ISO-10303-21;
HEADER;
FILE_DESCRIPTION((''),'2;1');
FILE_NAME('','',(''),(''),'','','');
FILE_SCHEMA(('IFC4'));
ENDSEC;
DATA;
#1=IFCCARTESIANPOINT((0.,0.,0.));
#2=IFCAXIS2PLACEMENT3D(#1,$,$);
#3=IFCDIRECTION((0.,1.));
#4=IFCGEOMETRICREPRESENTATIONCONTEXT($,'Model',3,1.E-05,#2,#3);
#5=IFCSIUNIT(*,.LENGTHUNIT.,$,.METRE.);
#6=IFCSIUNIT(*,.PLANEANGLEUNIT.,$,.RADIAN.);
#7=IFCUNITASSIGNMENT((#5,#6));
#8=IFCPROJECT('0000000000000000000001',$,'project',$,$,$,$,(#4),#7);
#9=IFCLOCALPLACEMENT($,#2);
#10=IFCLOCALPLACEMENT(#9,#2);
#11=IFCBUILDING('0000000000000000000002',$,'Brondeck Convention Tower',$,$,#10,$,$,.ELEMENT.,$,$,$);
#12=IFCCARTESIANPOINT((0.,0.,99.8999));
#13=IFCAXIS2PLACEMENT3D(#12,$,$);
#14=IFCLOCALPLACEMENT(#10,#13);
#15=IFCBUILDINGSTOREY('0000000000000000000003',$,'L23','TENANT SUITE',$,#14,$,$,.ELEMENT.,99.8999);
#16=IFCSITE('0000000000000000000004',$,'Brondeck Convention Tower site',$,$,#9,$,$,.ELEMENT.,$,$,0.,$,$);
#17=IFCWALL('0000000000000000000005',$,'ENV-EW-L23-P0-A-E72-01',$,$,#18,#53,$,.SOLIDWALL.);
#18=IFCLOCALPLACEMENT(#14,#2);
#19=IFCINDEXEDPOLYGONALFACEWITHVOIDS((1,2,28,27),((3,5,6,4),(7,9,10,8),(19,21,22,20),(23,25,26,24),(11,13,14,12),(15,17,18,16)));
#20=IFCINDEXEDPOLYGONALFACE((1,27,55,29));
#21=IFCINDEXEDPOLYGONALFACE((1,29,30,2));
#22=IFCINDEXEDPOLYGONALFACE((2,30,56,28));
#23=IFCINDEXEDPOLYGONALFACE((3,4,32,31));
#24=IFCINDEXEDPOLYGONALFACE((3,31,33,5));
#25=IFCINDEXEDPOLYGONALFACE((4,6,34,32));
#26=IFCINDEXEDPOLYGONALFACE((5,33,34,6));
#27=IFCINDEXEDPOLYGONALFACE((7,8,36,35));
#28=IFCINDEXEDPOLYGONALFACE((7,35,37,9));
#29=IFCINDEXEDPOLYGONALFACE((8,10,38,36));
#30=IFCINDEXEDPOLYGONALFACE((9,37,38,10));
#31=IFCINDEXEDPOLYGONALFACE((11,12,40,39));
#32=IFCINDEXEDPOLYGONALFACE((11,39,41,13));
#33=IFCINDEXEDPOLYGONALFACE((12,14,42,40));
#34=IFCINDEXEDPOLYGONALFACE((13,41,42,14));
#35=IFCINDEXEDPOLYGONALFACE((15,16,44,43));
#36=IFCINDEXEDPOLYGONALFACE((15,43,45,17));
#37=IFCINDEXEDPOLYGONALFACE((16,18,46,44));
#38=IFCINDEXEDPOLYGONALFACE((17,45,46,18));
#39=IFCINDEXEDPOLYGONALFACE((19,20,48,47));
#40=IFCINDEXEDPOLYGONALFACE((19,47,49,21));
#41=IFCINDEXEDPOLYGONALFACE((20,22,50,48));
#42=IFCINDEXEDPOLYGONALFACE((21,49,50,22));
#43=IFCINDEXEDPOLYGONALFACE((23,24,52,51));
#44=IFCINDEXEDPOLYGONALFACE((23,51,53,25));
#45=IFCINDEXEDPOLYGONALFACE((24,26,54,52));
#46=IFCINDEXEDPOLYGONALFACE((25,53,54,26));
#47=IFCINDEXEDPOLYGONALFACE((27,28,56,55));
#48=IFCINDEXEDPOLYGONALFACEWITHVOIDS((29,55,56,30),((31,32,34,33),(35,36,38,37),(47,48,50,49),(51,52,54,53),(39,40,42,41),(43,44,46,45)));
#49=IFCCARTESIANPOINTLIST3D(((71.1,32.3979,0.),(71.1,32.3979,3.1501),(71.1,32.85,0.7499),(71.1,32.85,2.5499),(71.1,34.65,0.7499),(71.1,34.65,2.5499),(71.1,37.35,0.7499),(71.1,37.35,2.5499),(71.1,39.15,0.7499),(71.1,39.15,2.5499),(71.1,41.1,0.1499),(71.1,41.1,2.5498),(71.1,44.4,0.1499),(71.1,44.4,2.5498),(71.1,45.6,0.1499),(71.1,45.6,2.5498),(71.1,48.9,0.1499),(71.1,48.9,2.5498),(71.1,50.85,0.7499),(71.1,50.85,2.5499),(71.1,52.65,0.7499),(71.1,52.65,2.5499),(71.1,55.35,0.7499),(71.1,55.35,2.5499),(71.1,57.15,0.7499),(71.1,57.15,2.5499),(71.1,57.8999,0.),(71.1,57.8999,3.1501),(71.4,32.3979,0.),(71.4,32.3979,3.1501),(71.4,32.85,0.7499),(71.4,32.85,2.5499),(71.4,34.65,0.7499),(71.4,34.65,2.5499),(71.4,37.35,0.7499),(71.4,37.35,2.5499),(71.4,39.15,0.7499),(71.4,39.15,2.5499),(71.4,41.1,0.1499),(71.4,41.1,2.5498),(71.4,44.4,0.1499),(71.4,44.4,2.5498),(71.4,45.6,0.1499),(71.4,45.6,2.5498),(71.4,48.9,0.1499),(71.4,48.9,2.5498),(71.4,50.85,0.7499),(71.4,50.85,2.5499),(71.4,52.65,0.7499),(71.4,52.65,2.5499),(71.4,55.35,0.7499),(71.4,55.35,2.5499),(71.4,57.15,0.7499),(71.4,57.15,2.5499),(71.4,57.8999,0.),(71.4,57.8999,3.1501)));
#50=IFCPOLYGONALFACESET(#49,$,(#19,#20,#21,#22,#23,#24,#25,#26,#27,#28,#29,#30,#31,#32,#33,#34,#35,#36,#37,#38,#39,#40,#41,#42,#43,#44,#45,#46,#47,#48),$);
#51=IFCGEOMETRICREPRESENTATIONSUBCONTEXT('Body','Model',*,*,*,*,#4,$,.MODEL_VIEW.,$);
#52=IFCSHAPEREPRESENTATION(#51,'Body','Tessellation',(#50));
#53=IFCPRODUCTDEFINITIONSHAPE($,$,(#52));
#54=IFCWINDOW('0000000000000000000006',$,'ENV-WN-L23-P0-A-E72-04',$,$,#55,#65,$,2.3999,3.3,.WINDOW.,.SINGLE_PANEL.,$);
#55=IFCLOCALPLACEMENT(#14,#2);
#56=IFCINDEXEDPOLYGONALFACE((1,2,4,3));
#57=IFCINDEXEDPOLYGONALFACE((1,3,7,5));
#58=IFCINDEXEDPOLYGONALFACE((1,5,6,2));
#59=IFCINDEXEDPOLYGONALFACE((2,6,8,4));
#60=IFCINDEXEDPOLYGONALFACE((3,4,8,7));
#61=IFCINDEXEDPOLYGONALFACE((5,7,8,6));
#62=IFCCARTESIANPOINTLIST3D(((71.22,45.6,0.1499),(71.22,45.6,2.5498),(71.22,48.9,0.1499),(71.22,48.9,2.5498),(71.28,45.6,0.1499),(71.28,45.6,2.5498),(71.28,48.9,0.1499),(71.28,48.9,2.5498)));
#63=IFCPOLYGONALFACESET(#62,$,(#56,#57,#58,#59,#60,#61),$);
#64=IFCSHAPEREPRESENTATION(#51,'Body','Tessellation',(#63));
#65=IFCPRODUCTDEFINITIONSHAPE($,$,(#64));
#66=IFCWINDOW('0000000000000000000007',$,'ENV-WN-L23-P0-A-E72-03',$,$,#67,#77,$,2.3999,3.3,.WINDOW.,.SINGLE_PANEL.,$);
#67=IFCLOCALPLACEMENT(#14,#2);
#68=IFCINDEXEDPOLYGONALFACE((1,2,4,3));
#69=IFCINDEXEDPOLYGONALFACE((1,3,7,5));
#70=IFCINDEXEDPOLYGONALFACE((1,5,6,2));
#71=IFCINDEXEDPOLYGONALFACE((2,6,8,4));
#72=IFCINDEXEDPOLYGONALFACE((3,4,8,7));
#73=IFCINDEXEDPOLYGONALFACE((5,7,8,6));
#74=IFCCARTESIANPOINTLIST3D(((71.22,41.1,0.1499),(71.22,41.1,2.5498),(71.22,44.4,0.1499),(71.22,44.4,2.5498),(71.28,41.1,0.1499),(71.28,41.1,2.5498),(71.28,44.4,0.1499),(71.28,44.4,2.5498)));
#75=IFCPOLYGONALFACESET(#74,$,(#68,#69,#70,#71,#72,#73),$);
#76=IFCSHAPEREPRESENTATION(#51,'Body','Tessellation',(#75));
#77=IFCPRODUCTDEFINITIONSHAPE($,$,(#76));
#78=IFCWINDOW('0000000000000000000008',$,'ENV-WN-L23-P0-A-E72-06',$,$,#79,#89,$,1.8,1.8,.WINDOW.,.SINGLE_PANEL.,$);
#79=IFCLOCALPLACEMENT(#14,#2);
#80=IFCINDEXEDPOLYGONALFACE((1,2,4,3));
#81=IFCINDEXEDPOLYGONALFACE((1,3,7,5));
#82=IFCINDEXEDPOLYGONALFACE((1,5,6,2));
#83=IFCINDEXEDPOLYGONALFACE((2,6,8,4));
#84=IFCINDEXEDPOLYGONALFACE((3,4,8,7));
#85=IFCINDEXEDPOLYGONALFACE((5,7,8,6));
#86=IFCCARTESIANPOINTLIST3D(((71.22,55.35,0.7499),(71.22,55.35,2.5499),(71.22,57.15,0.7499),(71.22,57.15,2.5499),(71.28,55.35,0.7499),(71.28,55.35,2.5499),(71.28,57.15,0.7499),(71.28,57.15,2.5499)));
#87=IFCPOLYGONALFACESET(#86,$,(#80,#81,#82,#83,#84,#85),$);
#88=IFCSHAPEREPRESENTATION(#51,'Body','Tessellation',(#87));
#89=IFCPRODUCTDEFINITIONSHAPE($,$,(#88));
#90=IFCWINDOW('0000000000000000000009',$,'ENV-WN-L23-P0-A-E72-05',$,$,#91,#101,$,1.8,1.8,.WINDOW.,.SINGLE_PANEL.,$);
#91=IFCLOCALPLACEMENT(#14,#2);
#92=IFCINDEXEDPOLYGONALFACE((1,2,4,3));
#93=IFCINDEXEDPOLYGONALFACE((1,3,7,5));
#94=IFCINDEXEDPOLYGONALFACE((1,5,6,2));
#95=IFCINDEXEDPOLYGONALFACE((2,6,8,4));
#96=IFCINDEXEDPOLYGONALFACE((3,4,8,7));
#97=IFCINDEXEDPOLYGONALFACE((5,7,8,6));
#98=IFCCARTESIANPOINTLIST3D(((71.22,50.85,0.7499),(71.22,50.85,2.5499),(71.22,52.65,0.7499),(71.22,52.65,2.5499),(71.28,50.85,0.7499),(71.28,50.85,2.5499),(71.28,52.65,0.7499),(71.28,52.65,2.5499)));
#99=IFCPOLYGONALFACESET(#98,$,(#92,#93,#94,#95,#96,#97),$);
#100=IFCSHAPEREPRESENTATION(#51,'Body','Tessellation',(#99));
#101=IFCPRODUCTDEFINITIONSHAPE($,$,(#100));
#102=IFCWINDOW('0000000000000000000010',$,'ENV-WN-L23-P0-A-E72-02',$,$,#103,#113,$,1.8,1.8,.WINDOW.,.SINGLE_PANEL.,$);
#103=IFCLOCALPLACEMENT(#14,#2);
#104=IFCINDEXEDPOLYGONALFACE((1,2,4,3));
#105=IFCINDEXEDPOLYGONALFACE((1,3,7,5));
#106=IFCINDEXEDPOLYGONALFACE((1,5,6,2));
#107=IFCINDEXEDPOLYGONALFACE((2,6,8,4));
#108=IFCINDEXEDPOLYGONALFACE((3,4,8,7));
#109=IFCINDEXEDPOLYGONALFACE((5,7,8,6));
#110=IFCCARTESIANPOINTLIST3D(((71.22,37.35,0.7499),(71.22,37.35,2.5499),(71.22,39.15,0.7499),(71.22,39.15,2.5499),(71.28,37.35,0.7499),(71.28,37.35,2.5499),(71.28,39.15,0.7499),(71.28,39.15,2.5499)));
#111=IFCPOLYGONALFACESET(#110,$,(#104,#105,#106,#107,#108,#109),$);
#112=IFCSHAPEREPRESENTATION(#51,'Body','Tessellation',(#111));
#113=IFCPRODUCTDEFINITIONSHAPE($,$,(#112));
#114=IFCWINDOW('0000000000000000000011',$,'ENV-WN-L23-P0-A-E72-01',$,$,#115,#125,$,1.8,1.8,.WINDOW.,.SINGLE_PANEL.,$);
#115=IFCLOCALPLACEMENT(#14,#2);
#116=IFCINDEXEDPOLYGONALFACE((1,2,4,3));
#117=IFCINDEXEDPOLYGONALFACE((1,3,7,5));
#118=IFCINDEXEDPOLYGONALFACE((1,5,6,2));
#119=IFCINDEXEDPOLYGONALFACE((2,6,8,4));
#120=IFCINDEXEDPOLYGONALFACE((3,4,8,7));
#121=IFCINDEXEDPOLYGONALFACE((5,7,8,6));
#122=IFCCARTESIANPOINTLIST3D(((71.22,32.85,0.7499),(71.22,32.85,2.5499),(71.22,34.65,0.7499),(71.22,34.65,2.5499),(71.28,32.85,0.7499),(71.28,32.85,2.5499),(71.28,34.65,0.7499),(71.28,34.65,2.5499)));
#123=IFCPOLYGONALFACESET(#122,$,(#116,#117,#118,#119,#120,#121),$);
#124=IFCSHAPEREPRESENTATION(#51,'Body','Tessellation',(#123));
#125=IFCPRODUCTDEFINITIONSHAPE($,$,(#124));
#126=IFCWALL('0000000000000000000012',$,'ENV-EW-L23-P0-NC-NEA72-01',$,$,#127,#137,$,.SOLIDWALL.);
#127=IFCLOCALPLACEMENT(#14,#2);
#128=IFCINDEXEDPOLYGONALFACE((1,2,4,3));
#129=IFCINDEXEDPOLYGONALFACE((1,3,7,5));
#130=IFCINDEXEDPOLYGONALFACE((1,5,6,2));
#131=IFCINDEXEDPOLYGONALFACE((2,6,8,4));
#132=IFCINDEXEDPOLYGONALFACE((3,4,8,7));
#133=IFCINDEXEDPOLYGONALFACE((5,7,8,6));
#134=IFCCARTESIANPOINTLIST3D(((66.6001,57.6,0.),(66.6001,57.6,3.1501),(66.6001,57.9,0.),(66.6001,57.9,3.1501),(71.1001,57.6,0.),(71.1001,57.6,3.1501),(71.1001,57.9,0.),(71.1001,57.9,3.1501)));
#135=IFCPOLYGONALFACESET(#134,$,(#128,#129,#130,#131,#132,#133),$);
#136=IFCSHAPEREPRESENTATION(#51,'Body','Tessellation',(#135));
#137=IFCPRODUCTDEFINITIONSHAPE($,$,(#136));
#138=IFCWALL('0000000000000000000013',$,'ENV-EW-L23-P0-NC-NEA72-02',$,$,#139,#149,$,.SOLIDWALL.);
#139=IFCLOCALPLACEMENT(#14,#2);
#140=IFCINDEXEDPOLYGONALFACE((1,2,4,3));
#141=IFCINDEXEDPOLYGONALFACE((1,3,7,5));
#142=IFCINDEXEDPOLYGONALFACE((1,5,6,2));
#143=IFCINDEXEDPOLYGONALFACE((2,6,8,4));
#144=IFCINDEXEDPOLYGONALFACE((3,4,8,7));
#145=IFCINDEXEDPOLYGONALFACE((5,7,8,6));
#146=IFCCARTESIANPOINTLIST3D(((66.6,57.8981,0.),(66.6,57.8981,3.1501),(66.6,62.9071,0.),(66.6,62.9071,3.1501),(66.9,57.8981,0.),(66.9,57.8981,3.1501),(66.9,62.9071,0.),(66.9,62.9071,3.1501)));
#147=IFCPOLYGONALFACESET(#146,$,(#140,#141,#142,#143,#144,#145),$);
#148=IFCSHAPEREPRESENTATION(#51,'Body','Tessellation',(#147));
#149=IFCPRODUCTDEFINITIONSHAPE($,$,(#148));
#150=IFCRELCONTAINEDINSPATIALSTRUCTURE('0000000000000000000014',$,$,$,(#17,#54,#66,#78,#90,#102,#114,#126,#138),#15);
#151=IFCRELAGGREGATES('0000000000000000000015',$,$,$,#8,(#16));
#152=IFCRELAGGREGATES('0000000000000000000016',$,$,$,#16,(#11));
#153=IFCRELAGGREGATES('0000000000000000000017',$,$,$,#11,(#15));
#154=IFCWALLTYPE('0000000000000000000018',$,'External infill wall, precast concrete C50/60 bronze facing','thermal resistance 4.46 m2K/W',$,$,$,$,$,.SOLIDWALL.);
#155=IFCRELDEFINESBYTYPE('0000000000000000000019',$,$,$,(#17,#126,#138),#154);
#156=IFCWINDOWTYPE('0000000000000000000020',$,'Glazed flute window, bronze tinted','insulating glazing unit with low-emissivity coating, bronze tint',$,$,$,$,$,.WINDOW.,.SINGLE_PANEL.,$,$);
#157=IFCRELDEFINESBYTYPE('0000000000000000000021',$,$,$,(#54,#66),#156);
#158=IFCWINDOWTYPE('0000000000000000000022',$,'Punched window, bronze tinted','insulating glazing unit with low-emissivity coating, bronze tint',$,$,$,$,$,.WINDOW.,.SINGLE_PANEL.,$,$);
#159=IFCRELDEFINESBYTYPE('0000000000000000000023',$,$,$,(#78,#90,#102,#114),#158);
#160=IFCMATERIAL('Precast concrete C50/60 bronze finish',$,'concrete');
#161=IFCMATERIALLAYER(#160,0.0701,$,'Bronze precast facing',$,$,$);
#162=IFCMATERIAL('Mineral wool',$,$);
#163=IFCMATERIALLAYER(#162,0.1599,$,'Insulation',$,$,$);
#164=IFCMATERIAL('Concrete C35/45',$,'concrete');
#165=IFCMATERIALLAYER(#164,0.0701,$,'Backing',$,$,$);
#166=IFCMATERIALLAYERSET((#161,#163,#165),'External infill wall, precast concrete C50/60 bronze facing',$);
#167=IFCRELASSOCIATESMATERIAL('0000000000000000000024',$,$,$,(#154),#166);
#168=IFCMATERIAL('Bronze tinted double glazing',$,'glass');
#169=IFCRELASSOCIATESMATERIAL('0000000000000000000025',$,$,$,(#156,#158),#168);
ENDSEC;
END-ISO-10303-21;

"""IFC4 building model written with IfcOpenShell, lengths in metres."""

from ifc_helpers import new_model, si_unit, direction, frame, frame_2d, origin, place, context, subcontext, project, spatial, rectangle, extrude, material, layer, layer_set, type_object, element, fill, save


model = new_model("IFC4")

# Units and contexts
model_context = context("Model", 3, precision=1e-05, world=origin(), true_north=direction((0.0, 1.0)))
body_context = subcontext(model_context, "Body", "Model", "MODEL_VIEW")
ifc_project = project(units=[si_unit("LENGTHUNIT", "METRE"), si_unit("PLANEANGLEUNIT", "RADIAN")], contexts=[model_context])

# Site, building, storey
site_placement = place(None, origin())
site = spatial("IfcSite", under=ifc_project, at=site_placement, Name="Brondeck Convention Tower site", CompositionType="ELEMENT", RefElevation=0.0)
building_placement = place(site_placement, origin())
building = spatial("IfcBuilding", under=site, at=building_placement, Name="Brondeck Convention Tower", CompositionType="ELEMENT")
storey_placement = place(building_placement, frame((0.0, 0.0, 99.8999)))
storey = spatial("IfcBuildingStorey", under=building, at=storey_placement, Name="L23", Description="TENANT SUITE", CompositionType="ELEMENT", Elevation=99.8999)

# Wall, openings, windows
ifc_material_1 = material(Name="Precast concrete C50/60 bronze finish", Category="concrete")
ifc_layer_1 = layer(ifc_material_1, 0.0701, Name="Bronze precast facing")
ifc_material_2 = material(Name="Mineral wool")
ifc_layer_2 = layer(ifc_material_2, 0.1599, Name="Insulation")
ifc_material_3 = material(Name="Concrete C35/45", Category="concrete")
ifc_layer_3 = layer(ifc_material_3, 0.0701, Name="Backing")
ifc_layer_set_1 = layer_set([ifc_layer_1, ifc_layer_2, ifc_layer_3], Name="External infill wall, precast concrete C50/60 bronze facing")
wall_type_1 = type_object("IfcWallType", Name="External infill wall, precast concrete C50/60 bronze facing", Description="thermal resistance 4.46 m2K/W", PredefinedType="SOLIDWALL", material=ifc_layer_set_1)
wall_1_placement = place(storey_placement, frame((71.25, 57.8999, 0.0), z_axis=(0.0, 0.0, 1.0), x_axis=(0.0, -1.0, 0.0)))
wall_1 = element("IfcWall", 1, at=wall_1_placement, inside=storey, type_object=wall_type_1, Name="ENV-EW-L23-P0-A-E72-01", PredefinedType="SOLIDWALL", context=body_context, shape_type="SweptSolid", body=[
    extrude(rectangle(XDim=25.502, YDim=0.3, at=frame_2d((12.751, 0.0))), origin(), (0.0, 0.0, 1.0), 3.1501),
])
opening_1_placement = place(wall_1_placement, frame((0.75, 0.0, 0.75)))
opening_1 = element("IfcOpeningElement", 2, at=opening_1_placement, cuts=wall_1, PredefinedType="OPENING", context=body_context, shape_type="SweptSolid", body=[
    extrude(rectangle(XDim=1.8, YDim=1.8, at=frame_2d((0.8999, 0.8999))), frame((0.0, 0.1599, 0.0), z_axis=(0.0, -1.0, 0.0), x_axis=(1.0, 0.0, 0.0)), (0.0, 0.0, 1.0), 0.3201),
])
opening_2_placement = place(wall_1_placement, frame((5.25, 0.0, 0.75)))
opening_2 = element("IfcOpeningElement", 3, at=opening_2_placement, cuts=wall_1, PredefinedType="OPENING", context=body_context, shape_type="SweptSolid", body=[
    extrude(rectangle(XDim=1.8, YDim=1.8, at=frame_2d((0.8999, 0.8999))), frame((0.0, 0.1599, 0.0), z_axis=(0.0, -1.0, 0.0), x_axis=(1.0, 0.0, 0.0)), (0.0, 0.0, 1.0), 0.3201),
])
opening_3_placement = place(wall_1_placement, frame((9.0, 0.0, 0.1499)))
opening_3 = element("IfcOpeningElement", 4, at=opening_3_placement, cuts=wall_1, PredefinedType="OPENING", context=body_context, shape_type="SweptSolid", body=[
    extrude(rectangle(XDim=3.3, YDim=2.3999, at=frame_2d((1.6499, 1.2))), frame((0.0, 0.1599, 0.0), z_axis=(0.0, -1.0, 0.0), x_axis=(1.0, 0.0, 0.0)), (0.0, 0.0, 1.0), 0.3201),
])
opening_4_placement = place(wall_1_placement, frame((13.5, 0.0, 0.1499)))
opening_4 = element("IfcOpeningElement", 5, at=opening_4_placement, cuts=wall_1, PredefinedType="OPENING", context=body_context, shape_type="SweptSolid", body=[
    extrude(rectangle(XDim=3.3, YDim=2.3999, at=frame_2d((1.6499, 1.2))), frame((0.0, 0.1599, 0.0), z_axis=(0.0, -1.0, 0.0), x_axis=(1.0, 0.0, 0.0)), (0.0, 0.0, 1.0), 0.3201),
])
opening_5_placement = place(wall_1_placement, frame((18.75, 0.0, 0.75)))
opening_5 = element("IfcOpeningElement", 6, at=opening_5_placement, cuts=wall_1, PredefinedType="OPENING", context=body_context, shape_type="SweptSolid", body=[
    extrude(rectangle(XDim=1.8, YDim=1.8, at=frame_2d((0.8999, 0.8999))), frame((0.0, 0.1599, 0.0), z_axis=(0.0, -1.0, 0.0), x_axis=(1.0, 0.0, 0.0)), (0.0, 0.0, 1.0), 0.3201),
])
opening_6_placement = place(wall_1_placement, frame((23.25, 0.0, 0.75)))
opening_6 = element("IfcOpeningElement", 7, at=opening_6_placement, cuts=wall_1, PredefinedType="OPENING", context=body_context, shape_type="SweptSolid", body=[
    extrude(rectangle(XDim=1.8, YDim=1.8, at=frame_2d((0.8999, 0.8999))), frame((0.0, 0.1599, 0.0), z_axis=(0.0, -1.0, 0.0), x_axis=(1.0, 0.0, 0.0)), (0.0, 0.0, 1.0), 0.3201),
])
ifc_material_4 = material(Name="Bronze tinted double glazing", Category="glass")
window_type_1 = type_object("IfcWindowType", Name="Glazed flute window, bronze tinted", Description="insulating glazing unit with low-emissivity coating, bronze tint", PartitioningType="SINGLE_PANEL", PredefinedType="WINDOW", material=ifc_material_4)
window_1_placement = place(opening_3_placement, origin())
window_1 = element("IfcWindow", 8, at=window_1_placement, inside=storey, type_object=window_type_1, Name="ENV-WN-L23-P0-A-E72-04", OverallHeight=2.3999, OverallWidth=3.3, PartitioningType="SINGLE_PANEL", PredefinedType="WINDOW", context=body_context, shape_type="SweptSolid", body=[
    extrude(rectangle(XDim=3.3, YDim=2.3999, at=frame_2d((1.6499, 1.2))), frame((0.0, 0.03, 0.0), z_axis=(0.0, -1.0, 0.0), x_axis=(1.0, 0.0, 0.0)), (0.0, 0.0, 1.0), 0.0601),
])
fill(opening_3, window_1)
window_2_placement = place(opening_4_placement, origin())
window_2 = element("IfcWindow", 9, at=window_2_placement, inside=storey, type_object=window_type_1, Name="ENV-WN-L23-P0-A-E72-03", OverallHeight=2.3999, OverallWidth=3.3, PartitioningType="SINGLE_PANEL", PredefinedType="WINDOW", context=body_context, shape_type="SweptSolid", body=[
    extrude(rectangle(XDim=3.3, YDim=2.3999, at=frame_2d((1.6499, 1.2))), frame((0.0, 0.03, 0.0), z_axis=(0.0, -1.0, 0.0), x_axis=(1.0, 0.0, 0.0)), (0.0, 0.0, 1.0), 0.0601),
])
fill(opening_4, window_2)
window_type_2 = type_object("IfcWindowType", Name="Punched window, bronze tinted", Description="insulating glazing unit with low-emissivity coating, bronze tint", PartitioningType="SINGLE_PANEL", PredefinedType="WINDOW", material=ifc_material_4)
window_3_placement = place(opening_1_placement, origin())
window_3 = element("IfcWindow", 10, at=window_3_placement, inside=storey, type_object=window_type_2, Name="ENV-WN-L23-P0-A-E72-06", OverallHeight=1.8, OverallWidth=1.8, PartitioningType="SINGLE_PANEL", PredefinedType="WINDOW", context=body_context, shape_type="SweptSolid", body=[
    extrude(rectangle(XDim=1.8, YDim=1.8, at=frame_2d((0.8999, 0.8999))), frame((0.0, 0.03, 0.0), z_axis=(0.0, -1.0, 0.0), x_axis=(1.0, 0.0, 0.0)), (0.0, 0.0, 1.0), 0.0601),
])
fill(opening_1, window_3)
window_4_placement = place(opening_2_placement, origin())
window_4 = element("IfcWindow", 11, at=window_4_placement, inside=storey, type_object=window_type_2, Name="ENV-WN-L23-P0-A-E72-05", OverallHeight=1.8, OverallWidth=1.8, PartitioningType="SINGLE_PANEL", PredefinedType="WINDOW", context=body_context, shape_type="SweptSolid", body=[
    extrude(rectangle(XDim=1.8, YDim=1.8, at=frame_2d((0.8999, 0.8999))), frame((0.0, 0.03, 0.0), z_axis=(0.0, -1.0, 0.0), x_axis=(1.0, 0.0, 0.0)), (0.0, 0.0, 1.0), 0.0601),
])
fill(opening_2, window_4)
window_5_placement = place(opening_5_placement, origin())
window_5 = element("IfcWindow", 12, at=window_5_placement, inside=storey, type_object=window_type_2, Name="ENV-WN-L23-P0-A-E72-02", OverallHeight=1.8, OverallWidth=1.8, PartitioningType="SINGLE_PANEL", PredefinedType="WINDOW", context=body_context, shape_type="SweptSolid", body=[
    extrude(rectangle(XDim=1.8, YDim=1.8, at=frame_2d((0.8999, 0.8999))), frame((0.0, 0.03, 0.0), z_axis=(0.0, -1.0, 0.0), x_axis=(1.0, 0.0, 0.0)), (0.0, 0.0, 1.0), 0.0601),
])
fill(opening_5, window_5)
window_6_placement = place(opening_6_placement, origin())
window_6 = element("IfcWindow", 13, at=window_6_placement, inside=storey, type_object=window_type_2, Name="ENV-WN-L23-P0-A-E72-01", OverallHeight=1.8, OverallWidth=1.8, PartitioningType="SINGLE_PANEL", PredefinedType="WINDOW", context=body_context, shape_type="SweptSolid", body=[
    extrude(rectangle(XDim=1.8, YDim=1.8, at=frame_2d((0.8999, 0.8999))), frame((0.0, 0.03, 0.0), z_axis=(0.0, -1.0, 0.0), x_axis=(1.0, 0.0, 0.0)), (0.0, 0.0, 1.0), 0.0601),
])
fill(opening_6, window_6)

# Walls
wall_2_placement = place(storey_placement, frame((66.6001, 57.75, 0.0), z_axis=(0.0, 0.0, 1.0), x_axis=(1.0, 0.0, 0.0)))
element("IfcWall", 14, at=wall_2_placement, inside=storey, type_object=wall_type_1, Name="ENV-EW-L23-P0-NC-NEA72-01", PredefinedType="SOLIDWALL", context=body_context, shape_type="SweptSolid", body=[
    extrude(rectangle(XDim=4.5, YDim=0.3, at=frame_2d((2.25, 0.0))), origin(), (0.0, 0.0, 1.0), 3.1501),
])
wall_3_placement = place(storey_placement, frame((66.75, 62.907, 0.0), z_axis=(0.0, 0.0, 1.0), x_axis=(0.0, -1.0, 0.0)))
element("IfcWall", 15, at=wall_3_placement, inside=storey, type_object=wall_type_1, Name="ENV-EW-L23-P0-NC-NEA72-02", PredefinedType="SOLIDWALL", context=body_context, shape_type="SweptSolid", body=[
    extrude(rectangle(XDim=5.009, YDim=0.3, at=frame_2d((2.5044, 0.0))), origin(), (0.0, 0.0, 1.0), 3.1501),
])

save(model, "model.ifc")
